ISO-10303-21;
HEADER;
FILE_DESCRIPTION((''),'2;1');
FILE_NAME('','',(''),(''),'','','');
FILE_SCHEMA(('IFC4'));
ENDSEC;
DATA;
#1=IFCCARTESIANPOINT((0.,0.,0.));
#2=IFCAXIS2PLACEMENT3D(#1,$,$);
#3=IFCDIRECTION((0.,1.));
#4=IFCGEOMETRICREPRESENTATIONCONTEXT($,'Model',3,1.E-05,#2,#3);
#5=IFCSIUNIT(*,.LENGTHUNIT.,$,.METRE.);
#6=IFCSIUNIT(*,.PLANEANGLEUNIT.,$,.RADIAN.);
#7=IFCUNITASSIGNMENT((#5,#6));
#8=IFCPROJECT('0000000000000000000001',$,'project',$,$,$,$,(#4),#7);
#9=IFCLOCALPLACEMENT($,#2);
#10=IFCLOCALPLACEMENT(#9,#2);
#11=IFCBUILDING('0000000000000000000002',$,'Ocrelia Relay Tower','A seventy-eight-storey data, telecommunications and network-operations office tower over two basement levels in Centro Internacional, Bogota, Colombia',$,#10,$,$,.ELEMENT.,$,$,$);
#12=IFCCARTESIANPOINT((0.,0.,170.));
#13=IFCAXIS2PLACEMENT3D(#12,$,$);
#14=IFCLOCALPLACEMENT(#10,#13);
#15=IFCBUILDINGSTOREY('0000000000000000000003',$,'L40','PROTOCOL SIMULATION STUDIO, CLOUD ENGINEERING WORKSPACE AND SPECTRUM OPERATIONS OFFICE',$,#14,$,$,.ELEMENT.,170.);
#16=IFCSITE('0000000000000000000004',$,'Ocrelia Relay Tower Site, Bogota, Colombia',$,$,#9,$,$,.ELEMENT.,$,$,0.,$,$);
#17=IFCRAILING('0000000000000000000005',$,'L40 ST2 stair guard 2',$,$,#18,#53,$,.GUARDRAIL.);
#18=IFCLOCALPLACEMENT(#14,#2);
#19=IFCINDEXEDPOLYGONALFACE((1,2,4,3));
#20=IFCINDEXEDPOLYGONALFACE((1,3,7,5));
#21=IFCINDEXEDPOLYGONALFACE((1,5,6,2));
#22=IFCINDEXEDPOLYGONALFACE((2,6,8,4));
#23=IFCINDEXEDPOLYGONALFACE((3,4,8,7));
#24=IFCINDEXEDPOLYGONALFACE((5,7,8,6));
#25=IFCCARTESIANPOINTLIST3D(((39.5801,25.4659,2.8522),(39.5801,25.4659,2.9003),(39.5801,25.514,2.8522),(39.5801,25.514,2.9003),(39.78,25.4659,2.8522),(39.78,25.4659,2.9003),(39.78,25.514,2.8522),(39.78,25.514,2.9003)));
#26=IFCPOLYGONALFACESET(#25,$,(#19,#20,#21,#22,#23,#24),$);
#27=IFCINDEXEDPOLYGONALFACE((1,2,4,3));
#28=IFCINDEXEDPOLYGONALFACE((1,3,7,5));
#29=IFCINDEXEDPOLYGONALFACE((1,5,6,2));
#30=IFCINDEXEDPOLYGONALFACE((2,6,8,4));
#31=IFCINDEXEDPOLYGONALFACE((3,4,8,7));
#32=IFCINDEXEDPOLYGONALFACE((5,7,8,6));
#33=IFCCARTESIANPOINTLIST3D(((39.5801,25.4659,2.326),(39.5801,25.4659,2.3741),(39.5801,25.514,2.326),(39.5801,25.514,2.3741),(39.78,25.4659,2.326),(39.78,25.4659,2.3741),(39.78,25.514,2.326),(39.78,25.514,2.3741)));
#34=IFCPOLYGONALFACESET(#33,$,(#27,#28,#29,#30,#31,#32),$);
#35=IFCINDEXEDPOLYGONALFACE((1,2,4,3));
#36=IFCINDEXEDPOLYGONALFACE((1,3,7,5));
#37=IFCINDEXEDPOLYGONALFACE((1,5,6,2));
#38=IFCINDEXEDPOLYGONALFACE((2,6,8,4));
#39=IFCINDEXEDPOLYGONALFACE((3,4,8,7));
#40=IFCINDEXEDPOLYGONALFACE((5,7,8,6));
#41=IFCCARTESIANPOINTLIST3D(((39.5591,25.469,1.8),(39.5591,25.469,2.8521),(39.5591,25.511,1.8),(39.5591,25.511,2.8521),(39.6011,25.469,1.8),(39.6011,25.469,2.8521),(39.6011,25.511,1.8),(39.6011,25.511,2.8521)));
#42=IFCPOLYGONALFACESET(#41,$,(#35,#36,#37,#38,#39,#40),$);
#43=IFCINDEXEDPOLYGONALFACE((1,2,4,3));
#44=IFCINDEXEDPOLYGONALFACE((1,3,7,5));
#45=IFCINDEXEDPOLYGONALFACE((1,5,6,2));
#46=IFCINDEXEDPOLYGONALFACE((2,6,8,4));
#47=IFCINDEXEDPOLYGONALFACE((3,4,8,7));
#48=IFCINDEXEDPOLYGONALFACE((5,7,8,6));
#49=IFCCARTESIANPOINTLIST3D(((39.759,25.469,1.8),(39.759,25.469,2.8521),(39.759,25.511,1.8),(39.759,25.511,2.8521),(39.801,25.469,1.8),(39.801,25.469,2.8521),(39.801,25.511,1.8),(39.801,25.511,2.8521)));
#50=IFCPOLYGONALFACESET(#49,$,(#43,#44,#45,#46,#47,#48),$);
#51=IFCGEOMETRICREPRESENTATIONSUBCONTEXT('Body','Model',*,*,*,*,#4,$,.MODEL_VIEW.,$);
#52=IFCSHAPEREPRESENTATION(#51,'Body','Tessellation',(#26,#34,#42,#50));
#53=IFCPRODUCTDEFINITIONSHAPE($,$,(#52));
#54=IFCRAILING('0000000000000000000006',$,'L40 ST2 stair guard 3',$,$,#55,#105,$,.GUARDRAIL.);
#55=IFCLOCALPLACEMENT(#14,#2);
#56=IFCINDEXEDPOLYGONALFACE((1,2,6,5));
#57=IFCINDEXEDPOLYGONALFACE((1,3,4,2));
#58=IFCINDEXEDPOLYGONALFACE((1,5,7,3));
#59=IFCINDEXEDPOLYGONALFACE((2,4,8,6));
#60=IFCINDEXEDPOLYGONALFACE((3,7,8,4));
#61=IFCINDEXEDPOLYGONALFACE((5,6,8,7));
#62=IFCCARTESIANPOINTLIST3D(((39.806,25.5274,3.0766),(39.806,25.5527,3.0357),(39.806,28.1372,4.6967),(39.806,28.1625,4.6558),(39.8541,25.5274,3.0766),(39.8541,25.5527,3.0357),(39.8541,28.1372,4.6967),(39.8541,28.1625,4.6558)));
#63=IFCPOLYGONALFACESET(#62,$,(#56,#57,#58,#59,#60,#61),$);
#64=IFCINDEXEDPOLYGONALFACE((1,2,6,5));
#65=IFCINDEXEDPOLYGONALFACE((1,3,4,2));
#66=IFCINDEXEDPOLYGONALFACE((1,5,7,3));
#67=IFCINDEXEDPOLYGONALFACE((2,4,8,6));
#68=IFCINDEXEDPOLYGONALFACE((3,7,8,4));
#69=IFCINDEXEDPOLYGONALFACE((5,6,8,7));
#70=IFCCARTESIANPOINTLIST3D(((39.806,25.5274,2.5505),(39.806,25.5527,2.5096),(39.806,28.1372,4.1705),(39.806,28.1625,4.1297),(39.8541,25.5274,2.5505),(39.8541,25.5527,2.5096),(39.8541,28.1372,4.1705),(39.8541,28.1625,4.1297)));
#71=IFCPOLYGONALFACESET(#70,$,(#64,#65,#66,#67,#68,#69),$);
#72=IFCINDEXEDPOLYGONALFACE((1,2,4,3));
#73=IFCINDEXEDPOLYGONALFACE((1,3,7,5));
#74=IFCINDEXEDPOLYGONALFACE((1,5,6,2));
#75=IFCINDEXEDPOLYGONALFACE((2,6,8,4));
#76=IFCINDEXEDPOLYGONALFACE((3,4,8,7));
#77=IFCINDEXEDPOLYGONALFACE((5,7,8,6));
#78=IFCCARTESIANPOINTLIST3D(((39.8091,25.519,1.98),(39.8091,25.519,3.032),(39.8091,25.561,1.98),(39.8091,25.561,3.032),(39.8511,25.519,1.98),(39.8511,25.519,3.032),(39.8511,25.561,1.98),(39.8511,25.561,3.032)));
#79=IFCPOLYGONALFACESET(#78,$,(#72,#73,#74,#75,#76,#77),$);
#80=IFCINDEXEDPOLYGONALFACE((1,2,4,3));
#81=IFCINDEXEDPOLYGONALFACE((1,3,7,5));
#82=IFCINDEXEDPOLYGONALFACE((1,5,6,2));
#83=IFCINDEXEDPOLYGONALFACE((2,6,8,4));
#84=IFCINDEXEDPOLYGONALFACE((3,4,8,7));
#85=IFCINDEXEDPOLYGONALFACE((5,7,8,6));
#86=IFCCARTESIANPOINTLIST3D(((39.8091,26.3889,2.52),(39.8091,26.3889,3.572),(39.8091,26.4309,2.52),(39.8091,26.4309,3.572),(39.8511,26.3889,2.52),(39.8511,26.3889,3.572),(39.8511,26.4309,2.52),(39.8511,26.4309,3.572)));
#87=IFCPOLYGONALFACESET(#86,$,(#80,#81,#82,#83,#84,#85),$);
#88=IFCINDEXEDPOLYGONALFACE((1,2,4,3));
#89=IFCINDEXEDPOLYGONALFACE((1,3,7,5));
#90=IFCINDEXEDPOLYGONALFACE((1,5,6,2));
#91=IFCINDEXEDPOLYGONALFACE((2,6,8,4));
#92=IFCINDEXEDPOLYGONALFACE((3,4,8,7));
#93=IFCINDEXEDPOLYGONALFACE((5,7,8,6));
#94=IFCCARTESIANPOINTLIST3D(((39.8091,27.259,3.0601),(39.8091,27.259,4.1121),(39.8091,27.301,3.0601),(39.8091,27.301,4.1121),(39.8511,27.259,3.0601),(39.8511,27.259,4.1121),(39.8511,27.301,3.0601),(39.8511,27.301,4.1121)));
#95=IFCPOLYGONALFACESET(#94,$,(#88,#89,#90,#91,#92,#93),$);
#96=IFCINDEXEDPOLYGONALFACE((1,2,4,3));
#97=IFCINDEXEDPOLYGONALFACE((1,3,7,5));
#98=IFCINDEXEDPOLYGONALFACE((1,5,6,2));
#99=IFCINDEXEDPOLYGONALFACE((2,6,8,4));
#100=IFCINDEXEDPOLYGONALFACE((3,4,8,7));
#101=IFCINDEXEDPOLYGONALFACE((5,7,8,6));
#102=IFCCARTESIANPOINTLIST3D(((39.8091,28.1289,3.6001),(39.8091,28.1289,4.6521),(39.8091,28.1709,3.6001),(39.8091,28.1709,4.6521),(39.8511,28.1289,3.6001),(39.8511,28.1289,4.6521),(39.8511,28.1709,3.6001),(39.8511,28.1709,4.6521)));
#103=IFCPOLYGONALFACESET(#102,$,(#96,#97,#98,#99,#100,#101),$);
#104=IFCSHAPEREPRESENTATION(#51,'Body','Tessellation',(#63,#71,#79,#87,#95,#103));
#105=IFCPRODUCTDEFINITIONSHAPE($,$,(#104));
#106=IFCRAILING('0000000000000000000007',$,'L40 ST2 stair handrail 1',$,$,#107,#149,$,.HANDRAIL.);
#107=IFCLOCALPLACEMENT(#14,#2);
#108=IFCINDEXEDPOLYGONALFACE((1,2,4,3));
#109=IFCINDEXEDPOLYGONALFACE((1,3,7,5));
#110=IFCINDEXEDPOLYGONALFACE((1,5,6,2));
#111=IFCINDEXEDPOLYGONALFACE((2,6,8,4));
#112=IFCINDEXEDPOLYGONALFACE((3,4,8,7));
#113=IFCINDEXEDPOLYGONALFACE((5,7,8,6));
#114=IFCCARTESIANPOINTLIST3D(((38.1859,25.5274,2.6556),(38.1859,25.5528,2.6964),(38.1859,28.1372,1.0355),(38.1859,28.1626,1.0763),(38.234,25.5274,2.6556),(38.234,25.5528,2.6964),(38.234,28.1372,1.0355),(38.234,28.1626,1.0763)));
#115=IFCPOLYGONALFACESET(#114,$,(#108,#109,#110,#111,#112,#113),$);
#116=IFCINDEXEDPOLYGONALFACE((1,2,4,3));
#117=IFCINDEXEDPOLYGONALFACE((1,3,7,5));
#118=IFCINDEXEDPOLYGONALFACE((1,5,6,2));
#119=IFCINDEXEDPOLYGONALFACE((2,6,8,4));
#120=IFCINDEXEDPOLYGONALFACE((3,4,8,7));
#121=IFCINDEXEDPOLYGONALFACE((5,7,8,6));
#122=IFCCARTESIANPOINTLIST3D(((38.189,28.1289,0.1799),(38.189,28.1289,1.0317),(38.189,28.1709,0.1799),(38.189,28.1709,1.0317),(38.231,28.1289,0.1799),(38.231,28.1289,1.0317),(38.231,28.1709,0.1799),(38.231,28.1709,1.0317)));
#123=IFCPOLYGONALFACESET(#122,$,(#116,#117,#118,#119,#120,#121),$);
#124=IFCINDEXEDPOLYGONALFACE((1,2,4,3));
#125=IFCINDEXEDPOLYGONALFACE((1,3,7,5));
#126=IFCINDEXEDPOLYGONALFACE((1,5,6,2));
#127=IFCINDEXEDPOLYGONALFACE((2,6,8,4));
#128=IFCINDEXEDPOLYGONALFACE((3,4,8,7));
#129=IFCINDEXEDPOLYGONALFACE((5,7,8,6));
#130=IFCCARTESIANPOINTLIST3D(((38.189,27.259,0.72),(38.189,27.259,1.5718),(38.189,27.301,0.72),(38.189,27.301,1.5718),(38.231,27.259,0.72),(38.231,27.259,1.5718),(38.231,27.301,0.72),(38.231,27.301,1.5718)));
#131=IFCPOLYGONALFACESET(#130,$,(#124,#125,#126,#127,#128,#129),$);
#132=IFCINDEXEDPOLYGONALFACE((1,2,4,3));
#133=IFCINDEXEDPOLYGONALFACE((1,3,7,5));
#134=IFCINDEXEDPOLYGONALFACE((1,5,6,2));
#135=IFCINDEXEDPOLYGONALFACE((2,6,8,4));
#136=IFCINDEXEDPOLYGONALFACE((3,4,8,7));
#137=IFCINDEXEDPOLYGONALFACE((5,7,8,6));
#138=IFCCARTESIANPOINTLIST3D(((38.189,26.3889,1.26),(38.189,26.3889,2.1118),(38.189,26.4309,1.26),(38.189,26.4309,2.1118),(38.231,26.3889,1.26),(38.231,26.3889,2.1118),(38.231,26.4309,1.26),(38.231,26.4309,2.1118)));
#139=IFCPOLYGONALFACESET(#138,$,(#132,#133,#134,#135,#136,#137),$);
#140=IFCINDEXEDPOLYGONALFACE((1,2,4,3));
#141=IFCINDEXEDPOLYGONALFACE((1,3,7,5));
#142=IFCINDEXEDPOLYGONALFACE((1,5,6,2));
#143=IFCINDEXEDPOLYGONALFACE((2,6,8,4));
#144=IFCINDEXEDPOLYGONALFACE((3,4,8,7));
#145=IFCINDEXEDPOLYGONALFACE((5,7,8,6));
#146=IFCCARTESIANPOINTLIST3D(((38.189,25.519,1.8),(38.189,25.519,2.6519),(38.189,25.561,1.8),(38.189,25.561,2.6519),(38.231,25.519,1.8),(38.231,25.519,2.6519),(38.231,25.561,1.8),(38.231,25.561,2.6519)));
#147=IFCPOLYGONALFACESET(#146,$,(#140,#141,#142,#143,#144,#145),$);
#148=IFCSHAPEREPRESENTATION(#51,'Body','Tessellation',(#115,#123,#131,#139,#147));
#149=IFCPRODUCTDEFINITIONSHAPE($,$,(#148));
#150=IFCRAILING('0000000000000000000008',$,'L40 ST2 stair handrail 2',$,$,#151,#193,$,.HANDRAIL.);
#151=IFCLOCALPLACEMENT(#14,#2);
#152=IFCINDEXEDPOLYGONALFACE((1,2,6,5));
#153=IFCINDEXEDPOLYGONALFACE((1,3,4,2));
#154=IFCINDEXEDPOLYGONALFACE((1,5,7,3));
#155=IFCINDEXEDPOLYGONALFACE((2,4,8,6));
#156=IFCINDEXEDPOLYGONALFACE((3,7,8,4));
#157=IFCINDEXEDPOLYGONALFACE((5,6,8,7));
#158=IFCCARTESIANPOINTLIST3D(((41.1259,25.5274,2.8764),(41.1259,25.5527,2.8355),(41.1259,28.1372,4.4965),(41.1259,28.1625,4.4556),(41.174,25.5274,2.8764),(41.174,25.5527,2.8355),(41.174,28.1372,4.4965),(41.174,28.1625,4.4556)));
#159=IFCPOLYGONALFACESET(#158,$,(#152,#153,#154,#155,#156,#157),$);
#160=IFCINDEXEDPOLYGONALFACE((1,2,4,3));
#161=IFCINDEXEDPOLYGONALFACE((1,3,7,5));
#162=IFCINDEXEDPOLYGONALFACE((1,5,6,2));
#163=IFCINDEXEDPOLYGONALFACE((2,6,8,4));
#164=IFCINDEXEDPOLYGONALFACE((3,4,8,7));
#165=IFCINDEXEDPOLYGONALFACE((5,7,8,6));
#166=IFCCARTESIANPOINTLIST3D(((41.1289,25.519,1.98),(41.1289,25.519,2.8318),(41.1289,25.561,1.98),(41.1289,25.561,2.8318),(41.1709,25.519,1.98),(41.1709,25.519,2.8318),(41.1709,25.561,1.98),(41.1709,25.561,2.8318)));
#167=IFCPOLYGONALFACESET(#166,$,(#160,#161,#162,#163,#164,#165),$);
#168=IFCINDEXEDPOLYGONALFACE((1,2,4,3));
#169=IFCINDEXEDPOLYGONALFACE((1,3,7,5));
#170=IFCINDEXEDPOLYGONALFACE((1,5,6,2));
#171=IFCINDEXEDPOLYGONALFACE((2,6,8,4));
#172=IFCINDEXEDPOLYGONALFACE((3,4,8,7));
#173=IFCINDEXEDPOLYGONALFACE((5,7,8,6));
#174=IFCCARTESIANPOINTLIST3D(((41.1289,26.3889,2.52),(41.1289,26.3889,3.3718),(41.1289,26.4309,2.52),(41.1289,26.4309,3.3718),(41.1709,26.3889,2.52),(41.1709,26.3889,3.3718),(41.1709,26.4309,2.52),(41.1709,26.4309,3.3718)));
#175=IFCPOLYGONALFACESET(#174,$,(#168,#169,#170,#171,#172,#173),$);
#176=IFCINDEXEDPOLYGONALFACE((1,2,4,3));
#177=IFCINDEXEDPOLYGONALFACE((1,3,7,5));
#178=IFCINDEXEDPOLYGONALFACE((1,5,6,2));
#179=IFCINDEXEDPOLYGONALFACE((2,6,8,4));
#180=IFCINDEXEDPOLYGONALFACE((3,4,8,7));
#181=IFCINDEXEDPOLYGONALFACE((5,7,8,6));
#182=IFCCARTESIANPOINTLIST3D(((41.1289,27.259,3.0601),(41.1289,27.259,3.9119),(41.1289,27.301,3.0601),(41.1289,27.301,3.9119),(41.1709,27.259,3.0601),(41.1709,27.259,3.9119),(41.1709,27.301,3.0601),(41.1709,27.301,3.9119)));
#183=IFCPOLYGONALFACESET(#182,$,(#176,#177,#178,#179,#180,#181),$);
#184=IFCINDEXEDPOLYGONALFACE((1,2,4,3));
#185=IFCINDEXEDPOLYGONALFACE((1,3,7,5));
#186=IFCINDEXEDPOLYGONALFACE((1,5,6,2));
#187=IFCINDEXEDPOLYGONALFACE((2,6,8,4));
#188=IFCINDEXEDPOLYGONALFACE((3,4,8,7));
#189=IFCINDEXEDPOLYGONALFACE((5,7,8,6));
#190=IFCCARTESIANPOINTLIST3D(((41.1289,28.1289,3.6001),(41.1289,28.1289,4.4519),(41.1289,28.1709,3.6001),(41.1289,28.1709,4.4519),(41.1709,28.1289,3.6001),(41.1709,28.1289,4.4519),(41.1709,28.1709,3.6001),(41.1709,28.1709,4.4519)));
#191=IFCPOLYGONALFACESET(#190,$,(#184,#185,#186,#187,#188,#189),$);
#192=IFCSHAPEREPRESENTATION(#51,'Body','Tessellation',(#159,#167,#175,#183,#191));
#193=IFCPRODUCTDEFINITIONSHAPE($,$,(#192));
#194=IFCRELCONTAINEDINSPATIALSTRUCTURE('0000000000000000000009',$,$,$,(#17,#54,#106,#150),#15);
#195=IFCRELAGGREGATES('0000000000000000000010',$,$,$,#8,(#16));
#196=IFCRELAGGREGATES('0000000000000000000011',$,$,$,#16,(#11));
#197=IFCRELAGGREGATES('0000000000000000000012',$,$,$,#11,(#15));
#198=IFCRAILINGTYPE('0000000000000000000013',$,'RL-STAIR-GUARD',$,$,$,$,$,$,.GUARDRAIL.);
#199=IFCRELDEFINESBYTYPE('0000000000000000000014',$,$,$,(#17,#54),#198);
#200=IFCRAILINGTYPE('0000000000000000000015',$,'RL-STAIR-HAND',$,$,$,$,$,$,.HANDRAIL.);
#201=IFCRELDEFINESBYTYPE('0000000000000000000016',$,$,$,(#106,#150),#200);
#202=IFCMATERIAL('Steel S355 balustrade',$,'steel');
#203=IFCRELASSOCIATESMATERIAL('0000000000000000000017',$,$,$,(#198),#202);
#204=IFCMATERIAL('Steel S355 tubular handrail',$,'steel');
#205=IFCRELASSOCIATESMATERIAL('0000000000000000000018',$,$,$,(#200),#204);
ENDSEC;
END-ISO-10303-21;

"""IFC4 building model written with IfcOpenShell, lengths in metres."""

from ifc_helpers import new_model, si_unit, direction, frame, origin, origin_2d, place, context, subcontext, project, spatial, rectangle, extrude, material, type_object, element, save


model = new_model("IFC4")

# Units and contexts
model_context = context("Model", 3, precision=1e-05, world=origin(), true_north=direction((0.0, 1.0)))
body_context = subcontext(model_context, "Body", "Model", "MODEL_VIEW")
ifc_project = project(units=[si_unit("LENGTHUNIT", "METRE"), si_unit("PLANEANGLEUNIT", "RADIAN")], contexts=[model_context])

# Site, building, storey
site_placement = place(None, origin())
site = spatial("IfcSite", under=ifc_project, at=site_placement, Name="Ocrelia Relay Tower Site, Bogota, Colombia", CompositionType="ELEMENT", RefElevation=0.0)
building_placement = place(site_placement, origin())
building = spatial("IfcBuilding", under=site, at=building_placement, Name="Ocrelia Relay Tower", Description="A seventy-eight-storey data, telecommunications and network-operations office tower over two basement levels in Centro Internacional, Bogota, Colombia", CompositionType="ELEMENT")
storey_placement = place(building_placement, frame((0.0, 0.0, 170.0)))
storey = spatial("IfcBuildingStorey", under=building, at=storey_placement, Name="L40", Description="PROTOCOL SIMULATION STUDIO, CLOUD ENGINEERING WORKSPACE AND SPECTRUM OPERATIONS OFFICE", CompositionType="ELEMENT", Elevation=170.0)

# Railings
ifc_material_1 = material(Name="Steel S355 balustrade", Category="steel")
railing_type_1 = type_object("IfcRailingType", Name="RL-STAIR-GUARD", PredefinedType="GUARDRAIL", material=ifc_material_1)
railing_1_placement = place(storey_placement, frame((39.5801, 25.49, 1.8)))
element("IfcRailing", 1, at=railing_1_placement, inside=storey, type_object=railing_type_1, Name="L40 ST2 stair guard 2", PredefinedType="GUARDRAIL", context=body_context, shape_type="SweptSolid", body=[
    extrude(rectangle(XDim=0.0481, YDim=0.0481, at=origin_2d()), frame((0.0, 0.0, 1.0762), z_axis=(1.0, 0.0, 0.0), x_axis=(0.0, 1.0, 0.0)), (0.0, 0.0, 1.0), 0.2),
    extrude(rectangle(XDim=0.0481, YDim=0.0481, at=origin_2d()), frame((0.0, 0.0, 0.55), z_axis=(1.0, 0.0, 0.0), x_axis=(0.0, 1.0, 0.0)), (0.0, 0.0, 1.0), 0.2),
    extrude(rectangle(XDim=0.042, YDim=0.042, at=origin_2d()), origin(), (0.0, 0.0, 1.0), 1.052),
    extrude(rectangle(XDim=0.042, YDim=0.042, at=origin_2d()), frame((0.2, 0.0, 0.0)), (0.0, 0.0, 1.0), 1.052),
])
railing_2_placement = place(storey_placement, frame((39.8301, 25.54, 1.98)))
element("IfcRailing", 2, at=railing_2_placement, inside=storey, type_object=railing_type_1, Name="L40 ST2 stair guard 3", PredefinedType="GUARDRAIL", context=body_context, shape_type="SweptSolid", body=[
    extrude(rectangle(XDim=0.0481, YDim=0.0481, at=origin_2d()), frame((0.0, 0.0, 1.0762), z_axis=(0.0, 0.849611, 0.52741), x_axis=(-1.0, 0.0, 0.0)), (0.0, 0.0, 1.0), 3.0718),
    extrude(rectangle(XDim=0.0481, YDim=0.0481, at=origin_2d()), frame((0.0, 0.0, 0.55), z_axis=(0.0, 0.849611, 0.52741), x_axis=(-1.0, 0.0, 0.0)), (0.0, 0.0, 1.0), 3.0718),
    extrude(rectangle(XDim=0.042, YDim=0.042, at=origin_2d()), origin(), (0.0, 0.0, 1.0), 1.052),
    extrude(rectangle(XDim=0.042, YDim=0.042, at=origin_2d()), frame((0.0, 0.8699, 0.54)), (0.0, 0.0, 1.0), 1.052),
    extrude(rectangle(XDim=0.042, YDim=0.042, at=origin_2d()), frame((0.0, 1.74, 1.0801)), (0.0, 0.0, 1.0), 1.052),
    extrude(rectangle(XDim=0.042, YDim=0.042, at=origin_2d()), frame((0.0, 2.6099, 1.6201)), (0.0, 0.0, 1.0), 1.052),
])
ifc_material_2 = material(Name="Steel S355 tubular handrail", Category="steel")
railing_type_2 = type_object("IfcRailingType", Name="RL-STAIR-HAND", PredefinedType="HANDRAIL", material=ifc_material_2)
railing_3_placement = place(storey_placement, frame((38.21, 28.1499, 0.1799)))
element("IfcRailing", 3, at=railing_3_placement, inside=storey, type_object=railing_type_2, Name="L40 ST2 stair handrail 1", PredefinedType="HANDRAIL", context=body_context, shape_type="SweptSolid", body=[
    extrude(rectangle(XDim=0.0481, YDim=0.0481, at=origin_2d()), frame((0.0, 0.0, 0.876), z_axis=(0.0, -0.849611, 0.52741), x_axis=(1.0, 0.0, 0.0)), (0.0, 0.0, 1.0), 3.0718),
    extrude(rectangle(XDim=0.042, YDim=0.042, at=origin_2d()), origin(), (0.0, 0.0, 1.0), 0.8518),
    extrude(rectangle(XDim=0.042, YDim=0.042, at=origin_2d()), frame((0.0, -0.8699, 0.54)), (0.0, 0.0, 1.0), 0.8518),
    extrude(rectangle(XDim=0.042, YDim=0.042, at=origin_2d()), frame((0.0, -1.74, 1.0801)), (0.0, 0.0, 1.0), 0.8518),
    extrude(rectangle(XDim=0.042, YDim=0.042, at=origin_2d()), frame((0.0, -2.6099, 1.6201)), (0.0, 0.0, 1.0), 0.8518),
])
railing_4_placement = place(storey_placement, frame((41.1499, 25.54, 1.98)))
element("IfcRailing", 4, at=railing_4_placement, inside=storey, type_object=railing_type_2, Name="L40 ST2 stair handrail 2", PredefinedType="HANDRAIL", context=body_context, shape_type="SweptSolid", body=[
    extrude(rectangle(XDim=0.0481, YDim=0.0481, at=origin_2d()), frame((0.0, 0.0, 0.876), z_axis=(0.0, 0.849611, 0.52741), x_axis=(-1.0, 0.0, 0.0)), (0.0, 0.0, 1.0), 3.0718),
    extrude(rectangle(XDim=0.042, YDim=0.042, at=origin_2d()), origin(), (0.0, 0.0, 1.0), 0.8518),
    extrude(rectangle(XDim=0.042, YDim=0.042, at=origin_2d()), frame((0.0, 0.8699, 0.54)), (0.0, 0.0, 1.0), 0.8518),
    extrude(rectangle(XDim=0.042, YDim=0.042, at=origin_2d()), frame((0.0, 1.74, 1.0801)), (0.0, 0.0, 1.0), 0.8518),
    extrude(rectangle(XDim=0.042, YDim=0.042, at=origin_2d()), frame((0.0, 2.6099, 1.6201)), (0.0, 0.0, 1.0), 0.8518),
])

save(model, "model.ifc")
